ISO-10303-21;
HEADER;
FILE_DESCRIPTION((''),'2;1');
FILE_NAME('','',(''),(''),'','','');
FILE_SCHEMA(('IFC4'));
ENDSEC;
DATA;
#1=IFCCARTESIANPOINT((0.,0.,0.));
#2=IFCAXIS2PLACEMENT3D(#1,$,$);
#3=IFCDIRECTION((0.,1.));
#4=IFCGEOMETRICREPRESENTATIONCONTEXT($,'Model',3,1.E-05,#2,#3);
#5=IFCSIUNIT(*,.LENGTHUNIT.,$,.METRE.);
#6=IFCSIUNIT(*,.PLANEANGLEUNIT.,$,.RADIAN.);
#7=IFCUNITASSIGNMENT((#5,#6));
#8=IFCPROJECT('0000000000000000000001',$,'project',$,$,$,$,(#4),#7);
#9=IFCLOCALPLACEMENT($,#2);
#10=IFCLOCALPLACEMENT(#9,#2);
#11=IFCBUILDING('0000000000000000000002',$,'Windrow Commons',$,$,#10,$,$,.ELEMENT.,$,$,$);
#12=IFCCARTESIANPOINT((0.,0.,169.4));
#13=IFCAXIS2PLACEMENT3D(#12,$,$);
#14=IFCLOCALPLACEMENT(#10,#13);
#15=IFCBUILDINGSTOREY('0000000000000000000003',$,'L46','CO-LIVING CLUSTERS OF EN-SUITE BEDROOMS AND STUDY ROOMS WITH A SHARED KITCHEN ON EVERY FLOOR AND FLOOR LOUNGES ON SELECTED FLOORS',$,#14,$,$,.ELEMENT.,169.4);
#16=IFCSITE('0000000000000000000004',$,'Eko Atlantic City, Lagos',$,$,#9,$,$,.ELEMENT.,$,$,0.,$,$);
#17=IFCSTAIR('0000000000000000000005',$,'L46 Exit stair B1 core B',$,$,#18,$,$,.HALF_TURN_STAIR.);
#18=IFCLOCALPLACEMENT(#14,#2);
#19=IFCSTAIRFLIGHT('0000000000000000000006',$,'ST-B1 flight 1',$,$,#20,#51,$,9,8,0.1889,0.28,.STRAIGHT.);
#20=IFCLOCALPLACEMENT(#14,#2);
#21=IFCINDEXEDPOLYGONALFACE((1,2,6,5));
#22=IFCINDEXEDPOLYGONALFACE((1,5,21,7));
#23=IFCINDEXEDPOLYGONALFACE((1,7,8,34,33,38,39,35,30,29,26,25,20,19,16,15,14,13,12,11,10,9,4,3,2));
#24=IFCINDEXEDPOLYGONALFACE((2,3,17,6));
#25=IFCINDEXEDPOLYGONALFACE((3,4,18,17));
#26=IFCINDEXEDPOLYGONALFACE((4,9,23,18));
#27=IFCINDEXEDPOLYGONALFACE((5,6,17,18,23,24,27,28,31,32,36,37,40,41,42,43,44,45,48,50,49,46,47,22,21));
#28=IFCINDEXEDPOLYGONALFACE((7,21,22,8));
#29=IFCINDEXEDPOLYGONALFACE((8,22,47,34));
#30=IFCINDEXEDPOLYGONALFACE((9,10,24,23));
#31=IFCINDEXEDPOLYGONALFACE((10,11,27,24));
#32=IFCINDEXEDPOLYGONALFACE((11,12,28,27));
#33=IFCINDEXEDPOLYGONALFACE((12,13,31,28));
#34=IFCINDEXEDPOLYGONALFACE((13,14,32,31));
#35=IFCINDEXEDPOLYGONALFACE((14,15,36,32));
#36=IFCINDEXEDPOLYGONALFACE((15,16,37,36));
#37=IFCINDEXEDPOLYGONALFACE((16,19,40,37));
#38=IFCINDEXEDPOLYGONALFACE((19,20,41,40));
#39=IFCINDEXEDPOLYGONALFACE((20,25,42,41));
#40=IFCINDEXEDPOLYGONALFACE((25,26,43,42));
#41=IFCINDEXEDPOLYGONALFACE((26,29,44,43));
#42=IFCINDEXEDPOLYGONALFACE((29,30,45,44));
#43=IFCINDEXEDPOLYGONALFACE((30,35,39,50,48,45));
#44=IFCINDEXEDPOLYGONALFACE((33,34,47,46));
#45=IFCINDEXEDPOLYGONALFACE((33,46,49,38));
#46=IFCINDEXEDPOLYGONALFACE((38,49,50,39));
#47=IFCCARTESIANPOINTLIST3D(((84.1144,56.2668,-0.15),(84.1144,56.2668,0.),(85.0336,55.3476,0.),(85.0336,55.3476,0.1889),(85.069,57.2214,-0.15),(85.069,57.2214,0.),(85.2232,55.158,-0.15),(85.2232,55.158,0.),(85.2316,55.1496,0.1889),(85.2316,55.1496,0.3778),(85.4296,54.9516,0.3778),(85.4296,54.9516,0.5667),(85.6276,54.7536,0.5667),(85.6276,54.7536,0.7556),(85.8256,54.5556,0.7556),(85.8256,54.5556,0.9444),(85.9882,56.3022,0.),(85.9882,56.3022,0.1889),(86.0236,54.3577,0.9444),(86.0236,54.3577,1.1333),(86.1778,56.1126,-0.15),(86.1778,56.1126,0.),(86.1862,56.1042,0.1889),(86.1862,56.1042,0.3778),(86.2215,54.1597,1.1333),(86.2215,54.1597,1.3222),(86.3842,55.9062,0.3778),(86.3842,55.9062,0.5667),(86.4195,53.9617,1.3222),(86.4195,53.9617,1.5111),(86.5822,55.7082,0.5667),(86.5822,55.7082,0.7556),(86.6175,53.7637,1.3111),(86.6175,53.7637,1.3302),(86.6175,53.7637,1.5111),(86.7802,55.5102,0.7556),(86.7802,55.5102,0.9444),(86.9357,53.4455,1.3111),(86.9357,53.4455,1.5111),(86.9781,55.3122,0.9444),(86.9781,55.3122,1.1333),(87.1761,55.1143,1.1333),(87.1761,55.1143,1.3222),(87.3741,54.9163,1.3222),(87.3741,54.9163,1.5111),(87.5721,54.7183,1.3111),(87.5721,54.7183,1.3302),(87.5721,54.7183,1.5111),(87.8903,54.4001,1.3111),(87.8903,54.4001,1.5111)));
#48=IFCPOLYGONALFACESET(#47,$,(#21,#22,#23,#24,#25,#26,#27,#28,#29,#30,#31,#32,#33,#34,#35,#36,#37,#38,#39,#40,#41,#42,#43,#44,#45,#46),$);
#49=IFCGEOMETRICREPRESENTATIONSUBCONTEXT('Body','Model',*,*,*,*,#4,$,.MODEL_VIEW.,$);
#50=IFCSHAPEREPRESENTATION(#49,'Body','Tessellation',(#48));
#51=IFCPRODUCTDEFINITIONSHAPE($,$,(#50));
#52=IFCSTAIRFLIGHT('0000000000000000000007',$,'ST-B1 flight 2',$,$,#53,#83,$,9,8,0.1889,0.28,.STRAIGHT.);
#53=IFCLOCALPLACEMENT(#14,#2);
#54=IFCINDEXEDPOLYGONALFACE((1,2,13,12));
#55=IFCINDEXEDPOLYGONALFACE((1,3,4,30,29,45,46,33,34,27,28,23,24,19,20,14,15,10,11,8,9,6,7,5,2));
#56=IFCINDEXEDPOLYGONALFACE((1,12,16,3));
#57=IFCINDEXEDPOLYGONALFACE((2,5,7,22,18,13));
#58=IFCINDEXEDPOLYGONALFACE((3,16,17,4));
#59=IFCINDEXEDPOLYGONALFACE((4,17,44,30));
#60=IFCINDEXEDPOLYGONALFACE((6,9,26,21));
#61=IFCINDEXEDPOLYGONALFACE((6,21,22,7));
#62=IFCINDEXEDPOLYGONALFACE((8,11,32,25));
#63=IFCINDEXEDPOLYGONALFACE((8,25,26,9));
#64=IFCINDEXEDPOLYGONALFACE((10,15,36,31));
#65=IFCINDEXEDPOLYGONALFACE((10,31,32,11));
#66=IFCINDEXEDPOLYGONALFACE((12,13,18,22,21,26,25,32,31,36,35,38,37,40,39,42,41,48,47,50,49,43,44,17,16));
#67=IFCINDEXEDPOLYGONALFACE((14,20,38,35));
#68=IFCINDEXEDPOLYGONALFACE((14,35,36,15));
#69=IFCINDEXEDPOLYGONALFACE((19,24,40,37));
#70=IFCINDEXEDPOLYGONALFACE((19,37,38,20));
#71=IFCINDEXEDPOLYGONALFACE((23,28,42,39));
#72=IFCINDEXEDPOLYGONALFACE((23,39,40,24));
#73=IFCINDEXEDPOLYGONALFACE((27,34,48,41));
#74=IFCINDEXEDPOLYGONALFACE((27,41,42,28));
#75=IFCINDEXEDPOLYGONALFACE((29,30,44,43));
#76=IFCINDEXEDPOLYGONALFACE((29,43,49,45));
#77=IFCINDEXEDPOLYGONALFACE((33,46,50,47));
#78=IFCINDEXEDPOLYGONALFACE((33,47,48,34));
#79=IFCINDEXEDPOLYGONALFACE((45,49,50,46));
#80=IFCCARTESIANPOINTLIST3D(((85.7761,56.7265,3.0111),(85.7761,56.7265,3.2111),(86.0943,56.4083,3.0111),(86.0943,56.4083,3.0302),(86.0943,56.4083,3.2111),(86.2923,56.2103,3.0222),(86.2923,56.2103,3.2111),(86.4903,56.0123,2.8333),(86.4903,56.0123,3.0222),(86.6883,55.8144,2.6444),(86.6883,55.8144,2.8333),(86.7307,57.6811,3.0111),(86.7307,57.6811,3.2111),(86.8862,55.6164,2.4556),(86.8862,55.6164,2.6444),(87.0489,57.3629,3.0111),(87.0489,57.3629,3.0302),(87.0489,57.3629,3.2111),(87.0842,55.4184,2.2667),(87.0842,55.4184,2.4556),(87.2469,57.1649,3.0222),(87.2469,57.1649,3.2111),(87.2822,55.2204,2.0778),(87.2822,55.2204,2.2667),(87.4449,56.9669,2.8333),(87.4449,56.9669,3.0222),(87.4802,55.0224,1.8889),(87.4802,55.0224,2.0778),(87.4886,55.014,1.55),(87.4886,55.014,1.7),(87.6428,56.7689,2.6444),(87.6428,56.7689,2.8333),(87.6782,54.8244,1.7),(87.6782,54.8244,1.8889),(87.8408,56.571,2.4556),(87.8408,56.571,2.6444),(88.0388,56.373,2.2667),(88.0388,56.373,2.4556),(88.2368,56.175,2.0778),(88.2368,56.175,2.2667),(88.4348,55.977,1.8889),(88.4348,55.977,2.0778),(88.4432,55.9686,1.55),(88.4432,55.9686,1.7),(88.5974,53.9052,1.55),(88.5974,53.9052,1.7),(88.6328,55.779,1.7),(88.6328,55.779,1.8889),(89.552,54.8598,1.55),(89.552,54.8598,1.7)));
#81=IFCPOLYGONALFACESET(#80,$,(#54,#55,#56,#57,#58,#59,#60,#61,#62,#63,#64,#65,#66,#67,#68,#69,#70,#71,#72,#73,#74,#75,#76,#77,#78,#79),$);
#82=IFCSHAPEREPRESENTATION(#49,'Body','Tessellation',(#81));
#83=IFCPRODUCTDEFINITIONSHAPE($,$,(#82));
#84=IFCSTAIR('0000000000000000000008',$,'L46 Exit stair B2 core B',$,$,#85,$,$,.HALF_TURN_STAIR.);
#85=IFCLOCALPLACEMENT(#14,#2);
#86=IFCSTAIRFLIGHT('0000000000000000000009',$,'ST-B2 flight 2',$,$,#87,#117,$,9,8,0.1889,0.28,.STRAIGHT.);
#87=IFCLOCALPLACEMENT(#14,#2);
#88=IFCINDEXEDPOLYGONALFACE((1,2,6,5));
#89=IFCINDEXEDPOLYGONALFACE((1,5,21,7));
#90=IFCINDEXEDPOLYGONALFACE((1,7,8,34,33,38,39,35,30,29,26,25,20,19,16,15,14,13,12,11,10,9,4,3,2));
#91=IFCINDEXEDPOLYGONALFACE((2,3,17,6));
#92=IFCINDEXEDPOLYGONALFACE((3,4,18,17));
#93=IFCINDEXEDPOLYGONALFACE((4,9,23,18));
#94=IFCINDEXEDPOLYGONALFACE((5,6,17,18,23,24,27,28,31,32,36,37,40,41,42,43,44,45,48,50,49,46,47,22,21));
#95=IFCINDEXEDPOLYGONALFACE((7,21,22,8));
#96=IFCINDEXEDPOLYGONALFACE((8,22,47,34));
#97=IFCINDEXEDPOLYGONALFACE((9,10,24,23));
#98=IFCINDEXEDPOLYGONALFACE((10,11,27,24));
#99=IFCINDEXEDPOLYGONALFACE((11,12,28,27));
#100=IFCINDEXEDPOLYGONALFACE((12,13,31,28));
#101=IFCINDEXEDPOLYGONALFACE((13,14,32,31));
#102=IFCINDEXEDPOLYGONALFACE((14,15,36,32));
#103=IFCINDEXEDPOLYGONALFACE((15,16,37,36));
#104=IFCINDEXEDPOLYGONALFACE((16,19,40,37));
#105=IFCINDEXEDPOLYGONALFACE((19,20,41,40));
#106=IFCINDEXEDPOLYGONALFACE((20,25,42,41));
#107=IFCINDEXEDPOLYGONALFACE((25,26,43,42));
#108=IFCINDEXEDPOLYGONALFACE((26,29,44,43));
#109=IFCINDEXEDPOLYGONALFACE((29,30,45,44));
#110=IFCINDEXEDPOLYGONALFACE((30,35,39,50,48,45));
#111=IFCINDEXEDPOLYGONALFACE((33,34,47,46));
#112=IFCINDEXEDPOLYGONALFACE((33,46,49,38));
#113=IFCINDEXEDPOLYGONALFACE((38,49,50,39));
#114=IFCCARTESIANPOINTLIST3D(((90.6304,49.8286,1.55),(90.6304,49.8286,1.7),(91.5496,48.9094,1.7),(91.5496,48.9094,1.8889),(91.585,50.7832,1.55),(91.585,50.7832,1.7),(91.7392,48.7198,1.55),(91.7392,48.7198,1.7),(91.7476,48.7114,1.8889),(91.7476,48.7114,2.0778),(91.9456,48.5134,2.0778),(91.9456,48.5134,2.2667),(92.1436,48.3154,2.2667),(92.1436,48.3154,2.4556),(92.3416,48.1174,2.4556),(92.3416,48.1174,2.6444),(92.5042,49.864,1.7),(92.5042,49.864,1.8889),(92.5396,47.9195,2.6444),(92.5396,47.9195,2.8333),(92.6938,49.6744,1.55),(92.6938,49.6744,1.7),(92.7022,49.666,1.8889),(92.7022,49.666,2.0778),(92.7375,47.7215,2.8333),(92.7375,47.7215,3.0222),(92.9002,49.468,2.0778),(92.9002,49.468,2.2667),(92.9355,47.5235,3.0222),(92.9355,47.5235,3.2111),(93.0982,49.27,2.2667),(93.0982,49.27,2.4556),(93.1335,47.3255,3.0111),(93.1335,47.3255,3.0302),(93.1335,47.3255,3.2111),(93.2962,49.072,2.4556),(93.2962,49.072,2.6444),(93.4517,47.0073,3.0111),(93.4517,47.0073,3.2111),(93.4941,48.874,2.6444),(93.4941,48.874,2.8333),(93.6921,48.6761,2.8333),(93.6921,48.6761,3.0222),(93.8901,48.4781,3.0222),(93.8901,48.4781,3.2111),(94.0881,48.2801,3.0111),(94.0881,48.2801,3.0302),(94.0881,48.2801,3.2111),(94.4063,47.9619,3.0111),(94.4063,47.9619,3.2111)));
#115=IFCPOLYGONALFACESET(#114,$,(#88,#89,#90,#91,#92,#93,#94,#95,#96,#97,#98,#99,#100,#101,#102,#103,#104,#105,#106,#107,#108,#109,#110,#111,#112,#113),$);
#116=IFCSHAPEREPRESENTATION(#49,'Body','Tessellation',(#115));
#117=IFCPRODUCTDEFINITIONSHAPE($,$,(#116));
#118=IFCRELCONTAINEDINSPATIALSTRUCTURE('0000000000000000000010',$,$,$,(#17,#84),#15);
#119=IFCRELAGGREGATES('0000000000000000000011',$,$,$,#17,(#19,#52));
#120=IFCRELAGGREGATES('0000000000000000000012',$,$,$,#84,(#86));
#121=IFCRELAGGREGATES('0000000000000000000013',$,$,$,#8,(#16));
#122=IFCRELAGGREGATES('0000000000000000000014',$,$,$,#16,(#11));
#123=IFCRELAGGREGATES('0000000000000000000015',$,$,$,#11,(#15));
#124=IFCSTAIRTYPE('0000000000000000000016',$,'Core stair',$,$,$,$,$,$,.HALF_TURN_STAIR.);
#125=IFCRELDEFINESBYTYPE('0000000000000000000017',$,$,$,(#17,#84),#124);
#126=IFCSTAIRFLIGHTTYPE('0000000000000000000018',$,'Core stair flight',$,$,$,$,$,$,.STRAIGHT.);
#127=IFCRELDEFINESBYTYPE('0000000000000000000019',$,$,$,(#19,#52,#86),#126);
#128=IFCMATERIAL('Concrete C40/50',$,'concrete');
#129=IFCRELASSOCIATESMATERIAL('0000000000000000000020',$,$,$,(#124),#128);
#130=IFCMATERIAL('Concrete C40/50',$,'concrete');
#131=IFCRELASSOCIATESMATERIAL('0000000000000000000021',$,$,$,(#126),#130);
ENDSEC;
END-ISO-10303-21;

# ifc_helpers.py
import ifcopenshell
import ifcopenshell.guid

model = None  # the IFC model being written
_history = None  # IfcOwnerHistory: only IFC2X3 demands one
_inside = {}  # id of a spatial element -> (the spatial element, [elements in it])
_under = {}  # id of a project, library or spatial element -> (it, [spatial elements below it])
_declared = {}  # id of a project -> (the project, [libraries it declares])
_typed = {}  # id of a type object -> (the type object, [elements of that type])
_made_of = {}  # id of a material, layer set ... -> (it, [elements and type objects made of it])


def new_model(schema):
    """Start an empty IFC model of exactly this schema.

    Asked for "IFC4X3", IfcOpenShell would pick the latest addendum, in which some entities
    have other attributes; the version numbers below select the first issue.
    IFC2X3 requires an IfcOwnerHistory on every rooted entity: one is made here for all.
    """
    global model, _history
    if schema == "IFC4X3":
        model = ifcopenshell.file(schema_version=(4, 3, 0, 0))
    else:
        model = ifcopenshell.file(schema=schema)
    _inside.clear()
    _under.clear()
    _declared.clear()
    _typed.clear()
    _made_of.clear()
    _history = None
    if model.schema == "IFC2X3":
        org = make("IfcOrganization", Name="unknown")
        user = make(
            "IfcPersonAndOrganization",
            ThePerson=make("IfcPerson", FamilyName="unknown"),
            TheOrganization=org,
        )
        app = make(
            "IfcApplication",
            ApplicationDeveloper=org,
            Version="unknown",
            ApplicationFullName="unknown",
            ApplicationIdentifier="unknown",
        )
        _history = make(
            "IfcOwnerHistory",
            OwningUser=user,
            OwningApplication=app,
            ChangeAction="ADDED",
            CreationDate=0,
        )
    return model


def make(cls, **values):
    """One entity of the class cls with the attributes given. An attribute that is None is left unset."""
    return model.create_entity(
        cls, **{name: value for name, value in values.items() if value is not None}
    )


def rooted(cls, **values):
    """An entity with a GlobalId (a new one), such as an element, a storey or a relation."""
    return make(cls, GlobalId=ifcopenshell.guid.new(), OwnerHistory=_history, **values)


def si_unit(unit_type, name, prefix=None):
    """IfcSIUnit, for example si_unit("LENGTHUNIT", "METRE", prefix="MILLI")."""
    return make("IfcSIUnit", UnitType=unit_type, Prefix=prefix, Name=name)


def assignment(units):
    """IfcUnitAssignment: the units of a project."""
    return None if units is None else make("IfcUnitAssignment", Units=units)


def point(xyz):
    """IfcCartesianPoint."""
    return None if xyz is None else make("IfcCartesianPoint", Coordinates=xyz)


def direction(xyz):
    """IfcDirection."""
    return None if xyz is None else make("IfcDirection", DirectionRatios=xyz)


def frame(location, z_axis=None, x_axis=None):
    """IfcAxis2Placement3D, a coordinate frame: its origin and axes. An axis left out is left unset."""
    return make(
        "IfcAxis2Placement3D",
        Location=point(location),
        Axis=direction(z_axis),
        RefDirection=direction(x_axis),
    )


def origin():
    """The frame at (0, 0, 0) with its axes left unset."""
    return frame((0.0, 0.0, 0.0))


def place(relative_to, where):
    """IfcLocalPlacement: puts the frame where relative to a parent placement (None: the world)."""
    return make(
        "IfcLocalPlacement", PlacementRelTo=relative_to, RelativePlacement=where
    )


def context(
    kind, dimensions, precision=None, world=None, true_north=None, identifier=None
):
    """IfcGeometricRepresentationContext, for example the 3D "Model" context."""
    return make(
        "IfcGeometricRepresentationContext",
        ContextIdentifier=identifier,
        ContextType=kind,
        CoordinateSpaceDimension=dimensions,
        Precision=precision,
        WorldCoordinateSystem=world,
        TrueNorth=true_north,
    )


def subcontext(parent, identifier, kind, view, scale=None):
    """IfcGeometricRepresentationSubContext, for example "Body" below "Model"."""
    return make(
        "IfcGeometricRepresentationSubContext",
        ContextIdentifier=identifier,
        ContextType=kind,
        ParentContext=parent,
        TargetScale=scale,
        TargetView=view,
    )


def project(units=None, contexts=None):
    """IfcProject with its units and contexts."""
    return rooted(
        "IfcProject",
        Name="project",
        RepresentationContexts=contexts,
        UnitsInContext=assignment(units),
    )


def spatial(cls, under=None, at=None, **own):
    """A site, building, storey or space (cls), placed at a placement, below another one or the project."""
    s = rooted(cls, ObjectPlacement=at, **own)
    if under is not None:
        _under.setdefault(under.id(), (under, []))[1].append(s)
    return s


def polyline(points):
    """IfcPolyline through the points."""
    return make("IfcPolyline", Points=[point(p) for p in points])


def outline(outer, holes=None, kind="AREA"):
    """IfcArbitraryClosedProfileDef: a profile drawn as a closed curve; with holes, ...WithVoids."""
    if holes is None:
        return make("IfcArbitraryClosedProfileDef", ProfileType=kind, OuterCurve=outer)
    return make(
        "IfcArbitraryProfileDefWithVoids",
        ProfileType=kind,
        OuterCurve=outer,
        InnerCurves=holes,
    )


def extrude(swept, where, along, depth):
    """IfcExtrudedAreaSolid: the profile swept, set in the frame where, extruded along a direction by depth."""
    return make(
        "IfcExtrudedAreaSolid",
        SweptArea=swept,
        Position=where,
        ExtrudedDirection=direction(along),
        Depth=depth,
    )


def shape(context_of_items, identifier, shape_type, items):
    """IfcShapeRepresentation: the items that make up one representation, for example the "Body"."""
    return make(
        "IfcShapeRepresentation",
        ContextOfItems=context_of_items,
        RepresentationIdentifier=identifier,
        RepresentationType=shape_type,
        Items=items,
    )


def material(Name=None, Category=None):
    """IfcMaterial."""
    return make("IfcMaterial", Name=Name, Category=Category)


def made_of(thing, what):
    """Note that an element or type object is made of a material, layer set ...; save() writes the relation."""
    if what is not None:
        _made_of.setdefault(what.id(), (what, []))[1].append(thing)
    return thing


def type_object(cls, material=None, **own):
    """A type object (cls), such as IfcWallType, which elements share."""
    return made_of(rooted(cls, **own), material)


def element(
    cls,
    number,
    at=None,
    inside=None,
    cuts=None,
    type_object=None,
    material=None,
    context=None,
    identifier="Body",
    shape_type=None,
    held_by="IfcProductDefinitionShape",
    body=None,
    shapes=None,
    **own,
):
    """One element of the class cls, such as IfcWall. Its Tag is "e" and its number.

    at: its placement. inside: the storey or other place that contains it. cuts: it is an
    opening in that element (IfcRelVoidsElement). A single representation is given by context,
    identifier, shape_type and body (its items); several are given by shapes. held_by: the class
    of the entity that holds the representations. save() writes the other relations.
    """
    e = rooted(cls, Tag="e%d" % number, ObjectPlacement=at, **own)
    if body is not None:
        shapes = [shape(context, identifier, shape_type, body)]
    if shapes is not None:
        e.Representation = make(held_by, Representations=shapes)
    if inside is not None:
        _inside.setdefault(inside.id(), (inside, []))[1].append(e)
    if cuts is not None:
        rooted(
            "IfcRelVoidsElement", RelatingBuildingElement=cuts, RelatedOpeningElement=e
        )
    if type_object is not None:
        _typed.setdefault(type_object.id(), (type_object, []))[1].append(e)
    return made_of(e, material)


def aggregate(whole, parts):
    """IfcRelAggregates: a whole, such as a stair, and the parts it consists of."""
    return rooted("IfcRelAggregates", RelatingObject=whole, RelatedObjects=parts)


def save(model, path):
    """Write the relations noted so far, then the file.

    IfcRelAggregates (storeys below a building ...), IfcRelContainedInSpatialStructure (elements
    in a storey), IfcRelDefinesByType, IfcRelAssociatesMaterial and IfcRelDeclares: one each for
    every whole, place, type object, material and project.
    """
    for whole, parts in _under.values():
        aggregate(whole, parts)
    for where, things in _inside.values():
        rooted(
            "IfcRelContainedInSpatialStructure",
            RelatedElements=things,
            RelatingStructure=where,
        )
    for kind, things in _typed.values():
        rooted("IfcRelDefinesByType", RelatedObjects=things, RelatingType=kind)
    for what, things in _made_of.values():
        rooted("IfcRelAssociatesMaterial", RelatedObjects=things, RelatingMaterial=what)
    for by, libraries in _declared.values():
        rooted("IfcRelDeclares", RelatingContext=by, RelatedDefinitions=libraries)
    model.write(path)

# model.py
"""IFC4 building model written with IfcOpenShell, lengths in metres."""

from ifc_helpers import new_model, si_unit, direction, frame, origin, place, context, subcontext, project, spatial, polyline, outline, extrude, material, type_object, element, aggregate, save


model = new_model("IFC4")

# Units and contexts
model_context = context("Model", 3, precision=1e-05, world=origin(), true_north=direction((0.0, 1.0)))
body_context = subcontext(model_context, "Body", "Model", "MODEL_VIEW")
ifc_project = project(units=[si_unit("LENGTHUNIT", "METRE"), si_unit("PLANEANGLEUNIT", "RADIAN")], contexts=[model_context])

# Site, building, storey
site_placement = place(None, origin())
site = spatial("IfcSite", under=ifc_project, at=site_placement, Name="Eko Atlantic City, Lagos", CompositionType="ELEMENT", RefElevation=0.0)
building_placement = place(site_placement, origin())
building = spatial("IfcBuilding", under=site, at=building_placement, Name="Windrow Commons", CompositionType="ELEMENT")
storey_placement = place(building_placement, frame((0.0, 0.0, 169.4)))
storey = spatial("IfcBuildingStorey", under=building, at=storey_placement, Name="L46", Description="CO-LIVING CLUSTERS OF EN-SUITE BEDROOMS AND STUDY ROOMS WITH A SHARED KITCHEN ON EVERY FLOOR AND FLOOR LOUNGES ON SELECTED FLOORS", CompositionType="ELEMENT", Elevation=169.4)

# Stair, stair flights
ifc_material_1 = material(Name="Concrete C40/50", Category="concrete")
stair_type = type_object("IfcStairType", Name="Core stair", PredefinedType="HALF_TURN_STAIR", material=ifc_material_1)
placement = place(storey_placement, origin())
stair_1 = element("IfcStair", 1, at=placement, inside=storey, type_object=stair_type, Name="L46 Exit stair B1 core B", PredefinedType="HALF_TURN_STAIR")
ifc_material_2 = material(Name="Concrete C40/50", Category="concrete")
stair_flight_type = type_object("IfcStairFlightType", Name="Core stair flight", PredefinedType="STRAIGHT", material=ifc_material_2)
stair_flight_1_placement = place(storey_placement, frame((85.5109, 55.8249, 0.0), z_axis=(0.0, 0.0, 1.0), x_axis=(0.707107, -0.707107, 0.0)))
stair_flight_1 = element("IfcStairFlight", 2, at=stair_flight_1_placement, type_object=stair_flight_type, Name="ST-B1 flight 1", NumberOfRisers=9, NumberOfTreads=8, PredefinedType="STRAIGHT", RiserHeight=0.1889, TreadLength=0.28, context=body_context, shape_type="SweptSolid", body=[
    extrude(outline(polyline([(-1.3, -0.15), (-1.3, 0.0), (0.0, 0.0), (0.0, 0.1889), (0.28, 0.1889), (0.28, 0.3778), (0.56, 0.3778), (0.56, 0.5667), (0.84, 0.5667), (0.84, 0.7556), (1.12, 0.7556), (1.12, 0.9444), (1.4, 0.9444), (1.4, 1.1333), (1.68, 1.1333), (1.68, 1.3222), (1.96, 1.3222), (1.96, 1.5111), (2.24, 1.5111), (2.69, 1.5111), (2.69, 1.3111), (2.24, 1.3111), (2.24, 1.3302), (0.2682, 0.0), (0.2682, -0.15), (-1.3, -0.15)])), frame((0.0, 0.675, 0.0), z_axis=(0.0, -1.0, 0.0), x_axis=(1.0, 0.0, 0.0)), (0.0, 0.0, 1.0), 1.35),
])
stair_flight_2_placement = place(storey_placement, frame((88.1555, 55.3017, 1.7), z_axis=(0.0, 0.0, 1.0), x_axis=(-0.707107, 0.707107, 0.0)))
stair_flight_2 = element("IfcStairFlight", 3, at=stair_flight_2_placement, type_object=stair_flight_type, Name="ST-B1 flight 2", NumberOfRisers=9, NumberOfTreads=8, PredefinedType="STRAIGHT", RiserHeight=0.1889, TreadLength=0.28, context=body_context, shape_type="SweptSolid", body=[
    extrude(outline(polyline([(-1.3, -0.15), (-1.3, 0.0), (0.0, 0.0), (0.0, 0.1889), (0.28, 0.1889), (0.28, 0.3778), (0.56, 0.3778), (0.56, 0.5667), (0.84, 0.5667), (0.84, 0.7556), (1.12, 0.7556), (1.12, 0.9444), (1.4, 0.9444), (1.4, 1.1333), (1.68, 1.1333), (1.68, 1.3222), (1.96, 1.3222), (1.96, 1.5111), (2.24, 1.5111), (2.69, 1.5111), (2.69, 1.3111), (2.24, 1.3111), (2.24, 1.3302), (0.2682, 0.0), (0.2682, -0.15), (-1.3, -0.15)])), frame((0.0, 0.675, 0.0), z_axis=(0.0, -1.0, 0.0), x_axis=(1.0, 0.0, 0.0)), (0.0, 0.0, 1.0), 1.35),
])
aggregate(stair_1, [stair_flight_1, stair_flight_2])

# Stair, stair flight
stair_2 = element("IfcStair", 4, at=placement, inside=storey, type_object=stair_type, Name="L46 Exit stair B2 core B", PredefinedType="HALF_TURN_STAIR")
stair_flight_3_placement = place(storey_placement, frame((92.0269, 49.3867, 1.7), z_axis=(0.0, 0.0, 1.0), x_axis=(0.707107, -0.707107, 0.0)))
stair_flight_3 = element("IfcStairFlight", 5, at=stair_flight_3_placement, type_object=stair_flight_type, Name="ST-B2 flight 2", NumberOfRisers=9, NumberOfTreads=8, PredefinedType="STRAIGHT", RiserHeight=0.1889, TreadLength=0.28, context=body_context, shape_type="SweptSolid", body=[
    extrude(outline(polyline([(-1.3, -0.15), (-1.3, 0.0), (0.0, 0.0), (0.0, 0.1889), (0.28, 0.1889), (0.28, 0.3778), (0.56, 0.3778), (0.56, 0.5667), (0.84, 0.5667), (0.84, 0.7556), (1.12, 0.7556), (1.12, 0.9444), (1.4, 0.9444), (1.4, 1.1333), (1.68, 1.1333), (1.68, 1.3222), (1.96, 1.3222), (1.96, 1.5111), (2.24, 1.5111), (2.69, 1.5111), (2.69, 1.3111), (2.24, 1.3111), (2.24, 1.3302), (0.2682, 0.0), (0.2682, -0.15), (-1.3, -0.15)])), frame((0.0, 0.675, 0.0), z_axis=(0.0, -1.0, 0.0), x_axis=(1.0, 0.0, 0.0)), (0.0, 0.0, 1.0), 1.35),
])
aggregate(stair_2, [stair_flight_3])

save(model, "model.ifc")
